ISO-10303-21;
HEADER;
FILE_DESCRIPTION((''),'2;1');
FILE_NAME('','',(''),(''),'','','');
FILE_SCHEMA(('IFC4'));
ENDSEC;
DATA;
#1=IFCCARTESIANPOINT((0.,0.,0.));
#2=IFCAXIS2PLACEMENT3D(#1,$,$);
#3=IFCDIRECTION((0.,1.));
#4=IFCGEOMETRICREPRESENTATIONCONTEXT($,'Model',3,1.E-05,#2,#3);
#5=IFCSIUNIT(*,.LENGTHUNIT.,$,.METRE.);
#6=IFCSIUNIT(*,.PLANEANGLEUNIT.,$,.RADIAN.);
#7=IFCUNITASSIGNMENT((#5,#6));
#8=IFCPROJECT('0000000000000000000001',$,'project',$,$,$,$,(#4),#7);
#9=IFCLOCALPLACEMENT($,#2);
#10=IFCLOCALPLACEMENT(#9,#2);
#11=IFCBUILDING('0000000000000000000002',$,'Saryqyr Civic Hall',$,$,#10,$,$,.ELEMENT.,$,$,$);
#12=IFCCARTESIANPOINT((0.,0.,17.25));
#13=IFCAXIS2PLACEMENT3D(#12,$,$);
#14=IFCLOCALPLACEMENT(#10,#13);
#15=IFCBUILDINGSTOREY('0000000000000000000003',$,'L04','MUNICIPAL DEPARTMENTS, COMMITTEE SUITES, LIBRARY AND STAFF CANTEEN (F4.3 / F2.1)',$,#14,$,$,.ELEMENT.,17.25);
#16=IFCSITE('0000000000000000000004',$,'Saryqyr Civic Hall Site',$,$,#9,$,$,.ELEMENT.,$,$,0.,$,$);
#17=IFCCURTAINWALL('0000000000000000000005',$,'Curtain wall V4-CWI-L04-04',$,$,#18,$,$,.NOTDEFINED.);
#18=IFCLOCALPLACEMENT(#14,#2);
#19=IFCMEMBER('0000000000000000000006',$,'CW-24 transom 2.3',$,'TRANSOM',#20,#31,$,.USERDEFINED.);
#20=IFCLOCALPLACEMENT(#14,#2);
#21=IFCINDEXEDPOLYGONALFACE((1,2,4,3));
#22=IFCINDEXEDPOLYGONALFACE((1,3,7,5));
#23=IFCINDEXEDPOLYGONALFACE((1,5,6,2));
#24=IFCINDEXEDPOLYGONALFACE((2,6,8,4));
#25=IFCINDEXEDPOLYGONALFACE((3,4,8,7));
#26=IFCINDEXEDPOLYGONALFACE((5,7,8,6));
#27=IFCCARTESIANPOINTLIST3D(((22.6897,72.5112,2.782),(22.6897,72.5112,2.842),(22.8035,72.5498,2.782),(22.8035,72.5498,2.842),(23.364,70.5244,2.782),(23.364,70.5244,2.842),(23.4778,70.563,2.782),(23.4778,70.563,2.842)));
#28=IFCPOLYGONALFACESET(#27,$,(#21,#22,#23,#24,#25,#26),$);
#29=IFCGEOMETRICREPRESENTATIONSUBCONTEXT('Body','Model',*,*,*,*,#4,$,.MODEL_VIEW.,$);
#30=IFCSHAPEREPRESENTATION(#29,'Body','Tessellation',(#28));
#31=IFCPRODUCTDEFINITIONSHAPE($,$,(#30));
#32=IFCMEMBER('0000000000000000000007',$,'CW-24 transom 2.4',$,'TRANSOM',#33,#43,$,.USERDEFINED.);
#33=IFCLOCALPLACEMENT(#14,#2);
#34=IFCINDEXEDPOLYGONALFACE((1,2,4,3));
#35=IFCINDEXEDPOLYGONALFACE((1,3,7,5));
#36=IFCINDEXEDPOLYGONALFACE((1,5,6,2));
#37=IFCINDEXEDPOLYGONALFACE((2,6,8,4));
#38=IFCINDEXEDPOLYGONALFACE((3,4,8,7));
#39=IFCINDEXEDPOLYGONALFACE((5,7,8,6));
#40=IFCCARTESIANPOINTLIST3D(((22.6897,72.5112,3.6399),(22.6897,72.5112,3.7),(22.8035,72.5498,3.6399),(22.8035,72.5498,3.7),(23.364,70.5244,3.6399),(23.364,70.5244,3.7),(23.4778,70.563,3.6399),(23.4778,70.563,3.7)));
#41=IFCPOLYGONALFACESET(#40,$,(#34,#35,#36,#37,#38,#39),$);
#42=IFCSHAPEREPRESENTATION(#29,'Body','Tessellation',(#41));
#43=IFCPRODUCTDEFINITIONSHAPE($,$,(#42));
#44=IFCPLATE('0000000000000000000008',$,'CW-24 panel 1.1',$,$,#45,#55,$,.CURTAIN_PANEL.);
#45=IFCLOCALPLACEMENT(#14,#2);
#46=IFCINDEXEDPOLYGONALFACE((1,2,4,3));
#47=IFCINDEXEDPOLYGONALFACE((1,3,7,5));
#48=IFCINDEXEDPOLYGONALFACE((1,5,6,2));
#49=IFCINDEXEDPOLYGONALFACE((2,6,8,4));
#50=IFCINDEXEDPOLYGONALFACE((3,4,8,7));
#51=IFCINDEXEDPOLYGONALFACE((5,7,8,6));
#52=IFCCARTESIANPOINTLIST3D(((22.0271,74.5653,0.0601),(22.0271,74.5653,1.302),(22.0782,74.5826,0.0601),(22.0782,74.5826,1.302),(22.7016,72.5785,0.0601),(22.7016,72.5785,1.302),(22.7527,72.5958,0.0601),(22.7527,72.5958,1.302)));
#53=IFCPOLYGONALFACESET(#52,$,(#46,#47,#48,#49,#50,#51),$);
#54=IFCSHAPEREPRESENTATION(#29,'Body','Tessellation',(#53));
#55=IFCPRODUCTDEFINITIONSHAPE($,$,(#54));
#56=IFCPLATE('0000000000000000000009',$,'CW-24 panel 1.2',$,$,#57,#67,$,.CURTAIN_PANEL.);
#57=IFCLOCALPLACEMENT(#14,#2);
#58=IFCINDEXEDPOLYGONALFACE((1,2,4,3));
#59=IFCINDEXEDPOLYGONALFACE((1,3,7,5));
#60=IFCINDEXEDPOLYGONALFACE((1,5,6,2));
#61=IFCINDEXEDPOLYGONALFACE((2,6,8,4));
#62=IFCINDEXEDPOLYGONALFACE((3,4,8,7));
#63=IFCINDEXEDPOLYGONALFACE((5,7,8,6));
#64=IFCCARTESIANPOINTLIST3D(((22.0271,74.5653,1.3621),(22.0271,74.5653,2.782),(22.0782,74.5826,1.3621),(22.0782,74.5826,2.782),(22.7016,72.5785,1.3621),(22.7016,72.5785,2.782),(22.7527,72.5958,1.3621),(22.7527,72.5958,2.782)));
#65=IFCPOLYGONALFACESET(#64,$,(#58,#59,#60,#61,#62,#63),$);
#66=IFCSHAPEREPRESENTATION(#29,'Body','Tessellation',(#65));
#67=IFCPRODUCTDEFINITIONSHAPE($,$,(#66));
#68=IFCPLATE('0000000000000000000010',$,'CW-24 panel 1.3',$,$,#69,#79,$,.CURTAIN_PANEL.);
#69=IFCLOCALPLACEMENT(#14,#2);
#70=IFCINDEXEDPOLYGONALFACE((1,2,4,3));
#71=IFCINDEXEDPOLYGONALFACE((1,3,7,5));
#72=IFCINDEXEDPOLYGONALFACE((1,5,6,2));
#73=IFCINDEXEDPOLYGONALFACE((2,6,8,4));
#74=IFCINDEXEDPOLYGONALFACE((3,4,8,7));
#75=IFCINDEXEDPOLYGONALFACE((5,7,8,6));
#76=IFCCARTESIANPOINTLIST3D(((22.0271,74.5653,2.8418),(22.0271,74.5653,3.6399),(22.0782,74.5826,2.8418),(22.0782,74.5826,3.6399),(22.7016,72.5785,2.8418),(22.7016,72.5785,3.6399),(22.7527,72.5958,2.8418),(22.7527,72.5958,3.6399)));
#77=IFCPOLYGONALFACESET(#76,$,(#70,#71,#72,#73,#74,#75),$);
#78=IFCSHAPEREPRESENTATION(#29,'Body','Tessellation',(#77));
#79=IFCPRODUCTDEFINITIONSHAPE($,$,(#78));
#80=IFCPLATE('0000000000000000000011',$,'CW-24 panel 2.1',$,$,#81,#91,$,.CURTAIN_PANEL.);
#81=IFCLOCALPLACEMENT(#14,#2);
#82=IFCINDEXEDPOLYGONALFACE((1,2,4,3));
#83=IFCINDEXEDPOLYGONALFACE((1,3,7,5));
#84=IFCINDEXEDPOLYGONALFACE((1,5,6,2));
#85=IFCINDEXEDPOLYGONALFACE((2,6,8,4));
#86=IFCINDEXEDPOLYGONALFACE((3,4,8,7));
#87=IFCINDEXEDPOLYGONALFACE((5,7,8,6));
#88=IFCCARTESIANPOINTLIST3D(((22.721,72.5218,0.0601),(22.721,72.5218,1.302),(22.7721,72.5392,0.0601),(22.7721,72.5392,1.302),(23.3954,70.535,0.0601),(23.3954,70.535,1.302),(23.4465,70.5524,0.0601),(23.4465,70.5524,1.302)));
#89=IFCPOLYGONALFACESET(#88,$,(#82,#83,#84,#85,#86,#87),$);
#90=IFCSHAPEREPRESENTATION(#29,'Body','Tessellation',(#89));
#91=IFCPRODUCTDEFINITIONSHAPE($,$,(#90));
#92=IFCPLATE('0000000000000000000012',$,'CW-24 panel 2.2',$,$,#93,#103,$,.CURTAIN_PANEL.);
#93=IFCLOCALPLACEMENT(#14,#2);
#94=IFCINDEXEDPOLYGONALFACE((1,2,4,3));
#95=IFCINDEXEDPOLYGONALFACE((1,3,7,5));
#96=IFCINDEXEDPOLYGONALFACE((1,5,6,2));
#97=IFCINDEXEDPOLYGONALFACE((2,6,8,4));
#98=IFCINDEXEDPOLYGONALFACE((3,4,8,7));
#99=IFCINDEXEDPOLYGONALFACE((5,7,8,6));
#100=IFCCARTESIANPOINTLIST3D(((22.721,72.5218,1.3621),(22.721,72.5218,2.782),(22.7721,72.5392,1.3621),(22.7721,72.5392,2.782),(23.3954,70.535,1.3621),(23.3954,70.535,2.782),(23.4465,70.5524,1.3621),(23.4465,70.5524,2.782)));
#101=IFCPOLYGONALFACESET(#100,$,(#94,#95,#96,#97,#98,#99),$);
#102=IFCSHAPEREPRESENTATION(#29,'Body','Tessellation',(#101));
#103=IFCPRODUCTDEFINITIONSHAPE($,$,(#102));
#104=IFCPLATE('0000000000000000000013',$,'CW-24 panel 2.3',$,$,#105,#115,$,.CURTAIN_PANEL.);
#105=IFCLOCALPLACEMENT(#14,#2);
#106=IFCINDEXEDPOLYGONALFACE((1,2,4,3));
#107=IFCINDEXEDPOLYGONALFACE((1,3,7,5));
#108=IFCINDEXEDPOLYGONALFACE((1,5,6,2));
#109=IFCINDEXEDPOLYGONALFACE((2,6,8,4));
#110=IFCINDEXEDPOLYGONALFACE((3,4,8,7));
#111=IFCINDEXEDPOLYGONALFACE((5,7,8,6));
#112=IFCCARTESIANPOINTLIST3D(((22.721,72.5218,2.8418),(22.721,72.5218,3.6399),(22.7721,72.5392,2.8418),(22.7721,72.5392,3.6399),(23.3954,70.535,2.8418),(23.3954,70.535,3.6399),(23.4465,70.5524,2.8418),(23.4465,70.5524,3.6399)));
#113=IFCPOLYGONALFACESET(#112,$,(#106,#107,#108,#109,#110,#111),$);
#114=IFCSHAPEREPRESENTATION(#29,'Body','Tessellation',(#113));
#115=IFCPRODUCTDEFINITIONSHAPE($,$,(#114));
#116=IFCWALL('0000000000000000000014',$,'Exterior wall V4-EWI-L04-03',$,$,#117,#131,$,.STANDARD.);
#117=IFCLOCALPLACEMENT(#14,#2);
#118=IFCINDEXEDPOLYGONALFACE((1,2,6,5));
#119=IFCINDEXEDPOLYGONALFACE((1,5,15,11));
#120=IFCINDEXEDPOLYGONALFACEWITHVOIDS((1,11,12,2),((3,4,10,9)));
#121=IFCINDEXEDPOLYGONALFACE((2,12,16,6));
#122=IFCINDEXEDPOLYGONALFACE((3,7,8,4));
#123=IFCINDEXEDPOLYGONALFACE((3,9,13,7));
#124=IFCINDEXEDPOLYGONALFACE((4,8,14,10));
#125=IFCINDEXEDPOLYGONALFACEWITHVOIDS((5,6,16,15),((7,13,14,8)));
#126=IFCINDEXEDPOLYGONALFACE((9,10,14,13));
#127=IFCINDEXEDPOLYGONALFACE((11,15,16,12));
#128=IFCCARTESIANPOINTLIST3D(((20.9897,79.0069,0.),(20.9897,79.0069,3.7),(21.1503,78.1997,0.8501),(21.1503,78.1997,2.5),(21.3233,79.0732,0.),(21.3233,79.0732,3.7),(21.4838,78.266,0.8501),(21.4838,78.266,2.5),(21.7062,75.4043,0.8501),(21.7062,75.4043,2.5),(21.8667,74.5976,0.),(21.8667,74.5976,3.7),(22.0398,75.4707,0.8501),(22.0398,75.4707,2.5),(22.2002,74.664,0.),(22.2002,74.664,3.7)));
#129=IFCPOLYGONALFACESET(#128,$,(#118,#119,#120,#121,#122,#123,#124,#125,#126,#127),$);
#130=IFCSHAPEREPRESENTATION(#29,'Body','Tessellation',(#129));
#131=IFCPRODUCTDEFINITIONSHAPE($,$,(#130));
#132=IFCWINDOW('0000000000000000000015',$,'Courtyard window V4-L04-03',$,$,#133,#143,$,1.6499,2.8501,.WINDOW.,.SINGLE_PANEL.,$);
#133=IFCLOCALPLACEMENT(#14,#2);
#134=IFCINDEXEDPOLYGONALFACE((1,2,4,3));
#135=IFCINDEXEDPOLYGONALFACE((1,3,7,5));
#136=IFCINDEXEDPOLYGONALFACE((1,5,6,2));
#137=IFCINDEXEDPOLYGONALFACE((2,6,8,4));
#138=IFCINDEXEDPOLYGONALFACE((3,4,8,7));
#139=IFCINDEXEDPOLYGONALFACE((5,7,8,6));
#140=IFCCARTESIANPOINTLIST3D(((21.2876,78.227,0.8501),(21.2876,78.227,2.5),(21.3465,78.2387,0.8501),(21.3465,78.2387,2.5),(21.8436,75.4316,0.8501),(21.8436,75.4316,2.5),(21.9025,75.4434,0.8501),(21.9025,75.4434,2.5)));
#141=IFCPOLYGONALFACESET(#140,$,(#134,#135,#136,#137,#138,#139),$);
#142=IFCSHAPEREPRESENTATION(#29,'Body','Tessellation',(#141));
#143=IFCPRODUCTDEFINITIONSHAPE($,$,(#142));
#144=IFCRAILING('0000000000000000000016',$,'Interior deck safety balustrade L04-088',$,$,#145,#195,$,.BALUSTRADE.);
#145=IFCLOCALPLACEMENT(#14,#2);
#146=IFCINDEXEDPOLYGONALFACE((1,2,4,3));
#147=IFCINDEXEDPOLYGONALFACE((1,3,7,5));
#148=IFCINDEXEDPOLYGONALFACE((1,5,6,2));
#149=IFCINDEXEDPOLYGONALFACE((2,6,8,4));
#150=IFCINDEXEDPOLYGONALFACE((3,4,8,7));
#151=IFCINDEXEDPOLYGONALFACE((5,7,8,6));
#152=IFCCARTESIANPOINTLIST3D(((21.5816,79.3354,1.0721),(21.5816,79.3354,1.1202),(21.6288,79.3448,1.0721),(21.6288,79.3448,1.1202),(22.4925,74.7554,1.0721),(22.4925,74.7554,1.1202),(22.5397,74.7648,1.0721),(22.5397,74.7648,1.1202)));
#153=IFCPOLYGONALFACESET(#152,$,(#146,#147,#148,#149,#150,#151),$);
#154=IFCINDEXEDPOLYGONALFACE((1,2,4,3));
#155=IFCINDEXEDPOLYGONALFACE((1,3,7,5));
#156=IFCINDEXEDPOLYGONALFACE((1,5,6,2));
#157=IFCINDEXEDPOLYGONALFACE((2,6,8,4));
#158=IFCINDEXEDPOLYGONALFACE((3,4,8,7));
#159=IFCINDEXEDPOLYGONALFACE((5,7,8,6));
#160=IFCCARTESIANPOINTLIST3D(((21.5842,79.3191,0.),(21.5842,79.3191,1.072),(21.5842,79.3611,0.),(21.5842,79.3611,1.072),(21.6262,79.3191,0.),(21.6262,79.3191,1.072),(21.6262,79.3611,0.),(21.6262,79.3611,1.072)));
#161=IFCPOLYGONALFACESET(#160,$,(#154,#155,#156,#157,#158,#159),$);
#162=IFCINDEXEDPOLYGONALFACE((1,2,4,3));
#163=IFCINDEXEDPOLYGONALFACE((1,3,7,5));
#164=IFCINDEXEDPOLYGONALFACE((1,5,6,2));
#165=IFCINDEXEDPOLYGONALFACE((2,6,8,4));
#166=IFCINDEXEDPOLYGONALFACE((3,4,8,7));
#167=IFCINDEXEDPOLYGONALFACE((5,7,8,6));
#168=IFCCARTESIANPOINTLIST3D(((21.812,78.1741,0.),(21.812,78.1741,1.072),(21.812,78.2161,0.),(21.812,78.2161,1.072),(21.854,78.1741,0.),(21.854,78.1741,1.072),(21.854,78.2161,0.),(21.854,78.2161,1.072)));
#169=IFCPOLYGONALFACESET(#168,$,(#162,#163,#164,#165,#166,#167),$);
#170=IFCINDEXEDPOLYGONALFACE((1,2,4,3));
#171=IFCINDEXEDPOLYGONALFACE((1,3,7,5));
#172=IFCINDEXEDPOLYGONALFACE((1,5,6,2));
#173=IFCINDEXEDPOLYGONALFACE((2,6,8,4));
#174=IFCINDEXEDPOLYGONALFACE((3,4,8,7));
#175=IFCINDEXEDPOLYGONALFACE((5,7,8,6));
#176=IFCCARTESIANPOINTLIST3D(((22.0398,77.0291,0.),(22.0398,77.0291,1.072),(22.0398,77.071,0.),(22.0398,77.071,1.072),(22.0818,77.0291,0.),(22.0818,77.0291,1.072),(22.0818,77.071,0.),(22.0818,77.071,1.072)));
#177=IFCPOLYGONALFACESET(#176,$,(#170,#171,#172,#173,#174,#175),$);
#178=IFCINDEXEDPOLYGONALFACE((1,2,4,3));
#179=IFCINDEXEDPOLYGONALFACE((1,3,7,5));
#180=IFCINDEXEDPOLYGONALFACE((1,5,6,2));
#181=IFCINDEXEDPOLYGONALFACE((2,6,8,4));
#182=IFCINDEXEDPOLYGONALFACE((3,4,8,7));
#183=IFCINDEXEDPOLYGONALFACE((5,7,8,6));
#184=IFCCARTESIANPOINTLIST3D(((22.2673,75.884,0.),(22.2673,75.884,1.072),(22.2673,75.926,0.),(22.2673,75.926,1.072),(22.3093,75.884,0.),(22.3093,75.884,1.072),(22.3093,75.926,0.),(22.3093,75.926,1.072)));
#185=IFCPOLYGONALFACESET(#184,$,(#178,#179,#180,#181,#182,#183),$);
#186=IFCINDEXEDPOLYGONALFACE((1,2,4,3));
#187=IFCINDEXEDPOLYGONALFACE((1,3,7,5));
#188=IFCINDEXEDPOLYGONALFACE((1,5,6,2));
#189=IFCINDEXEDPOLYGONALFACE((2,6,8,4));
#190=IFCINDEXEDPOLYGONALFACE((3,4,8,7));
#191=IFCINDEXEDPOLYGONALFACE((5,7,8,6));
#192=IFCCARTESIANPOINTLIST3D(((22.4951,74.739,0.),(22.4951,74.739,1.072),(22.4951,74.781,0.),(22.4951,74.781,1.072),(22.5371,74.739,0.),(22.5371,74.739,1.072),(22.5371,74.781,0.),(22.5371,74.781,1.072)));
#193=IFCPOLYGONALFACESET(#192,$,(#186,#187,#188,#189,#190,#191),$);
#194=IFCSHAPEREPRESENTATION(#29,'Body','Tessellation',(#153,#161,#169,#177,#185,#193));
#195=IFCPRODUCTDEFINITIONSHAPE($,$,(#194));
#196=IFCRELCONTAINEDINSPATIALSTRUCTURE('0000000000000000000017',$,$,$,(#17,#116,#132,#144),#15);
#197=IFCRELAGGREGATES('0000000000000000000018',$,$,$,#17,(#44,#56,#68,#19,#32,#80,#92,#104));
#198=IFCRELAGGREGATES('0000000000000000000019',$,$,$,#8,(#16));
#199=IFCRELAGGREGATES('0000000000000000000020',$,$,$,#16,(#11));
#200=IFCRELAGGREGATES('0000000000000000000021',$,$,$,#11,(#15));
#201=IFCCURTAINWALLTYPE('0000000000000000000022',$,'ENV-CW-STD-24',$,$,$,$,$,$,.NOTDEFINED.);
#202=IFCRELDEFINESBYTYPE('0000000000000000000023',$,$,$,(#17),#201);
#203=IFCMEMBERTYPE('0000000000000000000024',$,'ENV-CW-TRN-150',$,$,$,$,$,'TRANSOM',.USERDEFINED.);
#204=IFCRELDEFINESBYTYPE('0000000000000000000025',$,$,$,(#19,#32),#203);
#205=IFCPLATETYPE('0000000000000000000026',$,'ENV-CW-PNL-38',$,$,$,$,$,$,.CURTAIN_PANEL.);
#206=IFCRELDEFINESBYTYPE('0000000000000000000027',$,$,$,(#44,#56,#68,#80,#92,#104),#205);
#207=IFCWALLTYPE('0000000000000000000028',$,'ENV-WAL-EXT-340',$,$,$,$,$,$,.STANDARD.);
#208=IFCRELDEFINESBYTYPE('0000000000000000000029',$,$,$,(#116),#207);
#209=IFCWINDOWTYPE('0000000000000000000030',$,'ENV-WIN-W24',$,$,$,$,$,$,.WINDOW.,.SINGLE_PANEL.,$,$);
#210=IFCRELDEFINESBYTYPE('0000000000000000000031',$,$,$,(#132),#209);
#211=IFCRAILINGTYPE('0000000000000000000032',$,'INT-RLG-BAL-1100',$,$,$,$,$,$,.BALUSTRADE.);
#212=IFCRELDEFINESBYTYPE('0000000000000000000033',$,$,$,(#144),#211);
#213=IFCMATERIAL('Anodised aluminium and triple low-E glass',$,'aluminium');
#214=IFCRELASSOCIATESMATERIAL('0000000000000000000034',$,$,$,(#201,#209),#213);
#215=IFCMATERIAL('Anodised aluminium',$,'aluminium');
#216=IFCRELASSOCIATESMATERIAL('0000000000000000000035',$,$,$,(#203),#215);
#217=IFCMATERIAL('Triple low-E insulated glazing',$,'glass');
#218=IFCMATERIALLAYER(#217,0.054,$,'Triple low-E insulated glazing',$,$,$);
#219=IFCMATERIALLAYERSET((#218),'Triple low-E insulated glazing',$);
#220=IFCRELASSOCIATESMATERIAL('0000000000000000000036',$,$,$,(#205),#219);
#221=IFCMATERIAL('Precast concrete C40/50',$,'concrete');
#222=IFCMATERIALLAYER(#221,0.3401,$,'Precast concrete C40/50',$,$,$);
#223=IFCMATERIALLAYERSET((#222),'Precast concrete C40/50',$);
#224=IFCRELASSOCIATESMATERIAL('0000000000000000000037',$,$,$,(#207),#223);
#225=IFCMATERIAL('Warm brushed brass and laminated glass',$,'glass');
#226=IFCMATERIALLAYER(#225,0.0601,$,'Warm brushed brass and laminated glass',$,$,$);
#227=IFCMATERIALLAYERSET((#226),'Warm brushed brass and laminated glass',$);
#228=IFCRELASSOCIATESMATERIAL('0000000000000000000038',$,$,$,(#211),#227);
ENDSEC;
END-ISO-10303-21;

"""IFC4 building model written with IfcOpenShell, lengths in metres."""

from ifc_helpers import new_model, si_unit, direction, frame, frame_2d, origin, origin_2d, place, context, subcontext, project, spatial, rectangle, extrude, material, layer, layer_set, material_profile, profile_set, type_object, element, fill, aggregate, save


model = new_model("IFC4")

# Units and contexts
model_context = context("Model", 3, precision=1e-05, world=origin(), true_north=direction((0.0, 1.0)))
body_context = subcontext(model_context, "Body", "Model", "MODEL_VIEW")
ifc_project = project(units=[si_unit("LENGTHUNIT", "METRE"), si_unit("PLANEANGLEUNIT", "RADIAN")], contexts=[model_context])

# Site, building, storey
site_placement = place(None, origin())
site = spatial("IfcSite", under=ifc_project, at=site_placement, Name="Saryqyr Civic Hall Site", CompositionType="ELEMENT", RefElevation=0.0)
building_placement = place(site_placement, origin())
building = spatial("IfcBuilding", under=site, at=building_placement, Name="Saryqyr Civic Hall", CompositionType="ELEMENT")
storey_placement = place(building_placement, frame((0.0, 0.0, 17.25)))
storey = spatial("IfcBuildingStorey", under=building, at=storey_placement, Name="L04", Description="MUNICIPAL DEPARTMENTS, COMMITTEE SUITES, LIBRARY AND STAFF CANTEEN (F4.3 / F2.1)", CompositionType="ELEMENT", Elevation=17.25)

# Shared definitions
ifc_material_1 = material(Name="Anodised aluminium and triple low-E glass", Category="aluminium")
ifc_material_2 = material(Name="Anodised aluminium", Category="aluminium")

# Curtain wall, members, plates
curtain_wall_type_1 = type_object("IfcCurtainWallType", Name="ENV-CW-STD-24", PredefinedType="NOTDEFINED", material=ifc_material_1)
curtain_wall_1_placement = place(storey_placement, origin())
curtain_wall_1 = element("IfcCurtainWall", 1, at=curtain_wall_1_placement, inside=storey, type_object=curtain_wall_type_1, Name="Curtain wall V4-CWI-L04-04", PredefinedType="NOTDEFINED")
ifc_material_profile_1 = material_profile(ifc_material_2, rectangle(XDim=0.1201, YDim=0.0601, at=origin_2d()), Name="ALU TRANSOM 120x60")
ifc_profile_set_1 = profile_set([ifc_material_profile_1], Name="Anodised aluminium")
member_type_1 = type_object("IfcMemberType", Name="ENV-CW-TRN-150", ElementType="TRANSOM", PredefinedType="USERDEFINED", material=ifc_profile_set_1)
member_1_placement = place(storey_placement, frame((22.7466, 72.5305, 2.812), z_axis=(0.32139, -0.946947, 0.0), x_axis=(0.946947, 0.32139, 0.0)))
member_1 = element("IfcMember", 2, at=member_1_placement, type_object=member_type_1, Name="CW-24 transom 2.3", ObjectType="TRANSOM", PredefinedType="USERDEFINED", context=body_context, shape_type="SweptSolid", body=[
    extrude(rectangle(XDim=0.1201, YDim=0.0601, at=origin_2d()), origin(), (0.0, 0.0, 1.0), 2.0981),
])
member_2_placement = place(storey_placement, frame((22.7466, 72.5305, 3.6699), z_axis=(0.32139, -0.946947, 0.0), x_axis=(0.946947, 0.32139, 0.0)))
member_2 = element("IfcMember", 3, at=member_2_placement, type_object=member_type_1, Name="CW-24 transom 2.4", ObjectType="TRANSOM", PredefinedType="USERDEFINED", context=body_context, shape_type="SweptSolid", body=[
    extrude(rectangle(XDim=0.1201, YDim=0.0601, at=origin_2d()), origin(), (0.0, 0.0, 1.0), 2.0981),
])
ifc_material_3 = material(Name="Triple low-E insulated glazing", Category="glass")
ifc_layer_1 = layer(ifc_material_3, 0.054, Name="Triple low-E insulated glazing")
ifc_layer_set_1 = layer_set([ifc_layer_1], Name="Triple low-E insulated glazing")
plate_type = type_object("IfcPlateType", Name="ENV-CW-PNL-38", PredefinedType="CURTAIN_PANEL", material=ifc_layer_set_1)
plate_1_placement = place(storey_placement, frame((22.3899, 73.5806, 0.0601), z_axis=(0.0, 0.0, 1.0), x_axis=(0.321447, -0.946928, 0.0)))
plate_1 = element("IfcPlate", 4, at=plate_1_placement, type_object=plate_type, Name="CW-24 panel 1.1", PredefinedType="CURTAIN_PANEL", context=body_context, shape_type="SweptSolid", body=[
    extrude(rectangle(XDim=2.0981, YDim=0.054, at=origin_2d()), origin(), (0.0, 0.0, 1.0), 1.2419),
])
plate_2_placement = place(storey_placement, frame((22.3899, 73.5806, 1.3621), z_axis=(0.0, 0.0, 1.0), x_axis=(0.321447, -0.946928, 0.0)))
plate_2 = element("IfcPlate", 5, at=plate_2_placement, type_object=plate_type, Name="CW-24 panel 1.2", PredefinedType="CURTAIN_PANEL", context=body_context, shape_type="SweptSolid", body=[
    extrude(rectangle(XDim=2.0981, YDim=0.054, at=origin_2d()), origin(), (0.0, 0.0, 1.0), 1.4199),
])
plate_3_placement = place(storey_placement, frame((22.3899, 73.5806, 2.8418), z_axis=(0.0, 0.0, 1.0), x_axis=(0.321447, -0.946928, 0.0)))
plate_3 = element("IfcPlate", 6, at=plate_3_placement, type_object=plate_type, Name="CW-24 panel 1.3", PredefinedType="CURTAIN_PANEL", context=body_context, shape_type="SweptSolid", body=[
    extrude(rectangle(XDim=2.0981, YDim=0.054, at=origin_2d()), origin(), (0.0, 0.0, 1.0), 0.7981),
])
plate_4_placement = place(storey_placement, frame((23.0837, 71.5371, 0.0601), z_axis=(0.0, 0.0, 1.0), x_axis=(0.321447, -0.946928, 0.0)))
plate_4 = element("IfcPlate", 7, at=plate_4_placement, type_object=plate_type, Name="CW-24 panel 2.1", PredefinedType="CURTAIN_PANEL", context=body_context, shape_type="SweptSolid", body=[
    extrude(rectangle(XDim=2.0981, YDim=0.054, at=origin_2d()), origin(), (0.0, 0.0, 1.0), 1.2419),
])
plate_5_placement = place(storey_placement, frame((23.0837, 71.5371, 1.3621), z_axis=(0.0, 0.0, 1.0), x_axis=(0.321447, -0.946928, 0.0)))
plate_5 = element("IfcPlate", 8, at=plate_5_placement, type_object=plate_type, Name="CW-24 panel 2.2", PredefinedType="CURTAIN_PANEL", context=body_context, shape_type="SweptSolid", body=[
    extrude(rectangle(XDim=2.0981, YDim=0.054, at=origin_2d()), origin(), (0.0, 0.0, 1.0), 1.4199),
])
plate_6_placement = place(storey_placement, frame((23.0837, 71.5371, 2.8418), z_axis=(0.0, 0.0, 1.0), x_axis=(0.321447, -0.946928, 0.0)))
plate_6 = element("IfcPlate", 9, at=plate_6_placement, type_object=plate_type, Name="CW-24 panel 2.3", PredefinedType="CURTAIN_PANEL", context=body_context, shape_type="SweptSolid", body=[
    extrude(rectangle(XDim=2.0981, YDim=0.054, at=origin_2d()), origin(), (0.0, 0.0, 1.0), 0.7981),
])
aggregate(curtain_wall_1, [plate_1, plate_2, plate_3, member_1, member_2, plate_4, plate_5, plate_6])

# Wall, opening, window
ifc_material_4 = material(Name="Precast concrete C40/50", Category="concrete")
ifc_layer_2 = layer(ifc_material_4, 0.3401, Name="Precast concrete C40/50")
ifc_layer_set_2 = layer_set([ifc_layer_2], Name="Precast concrete C40/50")
wall_type = type_object("IfcWallType", Name="ENV-WAL-EXT-340", PredefinedType="STANDARD", material=ifc_layer_set_2)
wall_placement = place(storey_placement, frame((21.1565, 79.04, 0.0), z_axis=(0.0, 0.0, 1.0), x_axis=(0.195072, -0.980789, 0.0)))
wall = element("IfcWall", 10, at=wall_placement, inside=storey, type_object=wall_type, Name="Exterior wall V4-EWI-L04-03", PredefinedType="STANDARD", context=body_context, shape_type="SweptSolid", body=[
    extrude(rectangle(XDim=4.4956, YDim=0.3401, at=frame_2d((2.2478, 0.0))), origin(), (0.0, 0.0, 1.0), 3.7),
])
opening_placement = place(wall_placement, frame((0.823, 0.0, 0.8501)))
opening = element("IfcOpeningElement", 11, at=opening_placement, cuts=wall, PredefinedType="OPENING", context=body_context, shape_type="SweptSolid", body=[
    extrude(rectangle(XDim=2.8501, YDim=1.6499, at=frame_2d((1.425, 0.825))), frame((0.0, 0.1799, 0.0), z_axis=(0.0, -1.0, 0.0), x_axis=(1.0, 0.0, 0.0)), (0.0, 0.0, 1.0), 0.3601),
])
window_type = type_object("IfcWindowType", Name="ENV-WIN-W24", PartitioningType="SINGLE_PANEL", PredefinedType="WINDOW", material=ifc_material_1)
window_placement = place(opening_placement, origin())
window = element("IfcWindow", 12, at=window_placement, inside=storey, type_object=window_type, Name="Courtyard window V4-L04-03", OverallHeight=1.6499, OverallWidth=2.8501, PartitioningType="SINGLE_PANEL", PredefinedType="WINDOW", context=body_context, shape_type="SweptSolid", body=[
    extrude(rectangle(XDim=2.8501, YDim=1.6499, at=frame_2d((1.425, 0.825))), frame((0.0, 0.03, 0.0), z_axis=(0.0, -1.0, 0.0), x_axis=(1.0, 0.0, 0.0)), (0.0, 0.0, 1.0), 0.0601),
])
fill(opening, window)

# Railing
ifc_material_5 = material(Name="Warm brushed brass and laminated glass", Category="glass")
ifc_layer_3 = layer(ifc_material_5, 0.0601, Name="Warm brushed brass and laminated glass")
ifc_layer_set_3 = layer_set([ifc_layer_3], Name="Warm brushed brass and laminated glass")
railing_type = type_object("IfcRailingType", Name="INT-RLG-BAL-1100", PredefinedType="BALUSTRADE", material=ifc_layer_set_3)
railing_1_placement = place(storey_placement, frame((21.6052, 79.3401, 0.0)))
element("IfcRailing", 13, at=railing_1_placement, inside=storey, type_object=railing_type, Name="Interior deck safety balustrade L04-088", PredefinedType="BALUSTRADE", context=body_context, shape_type="SweptSolid", body=[
    extrude(rectangle(XDim=0.0481, YDim=0.0481, at=origin_2d()), frame((0.0, 0.0, 1.0962), z_axis=(0.19506, -0.980791, 0.0), x_axis=(0.980791, 0.19506, 0.0)), (0.0, 0.0, 1.0), 4.6697),
    extrude(rectangle(XDim=0.042, YDim=0.042, at=origin_2d()), origin(), (0.0, 0.0, 1.0), 1.072),
    extrude(rectangle(XDim=0.042, YDim=0.042, at=origin_2d()), frame((0.2278, -1.145, 0.0)), (0.0, 0.0, 1.0), 1.072),
    extrude(rectangle(XDim=0.042, YDim=0.042, at=origin_2d()), frame((0.4556, -2.29, 0.0)), (0.0, 0.0, 1.0), 1.072),
    extrude(rectangle(XDim=0.042, YDim=0.042, at=origin_2d()), frame((0.6831, -3.4351, 0.0)), (0.0, 0.0, 1.0), 1.072),
    extrude(rectangle(XDim=0.042, YDim=0.042, at=origin_2d()), frame((0.9109, -4.5801, 0.0)), (0.0, 0.0, 1.0), 1.072),
])

save(model, "model.ifc")
